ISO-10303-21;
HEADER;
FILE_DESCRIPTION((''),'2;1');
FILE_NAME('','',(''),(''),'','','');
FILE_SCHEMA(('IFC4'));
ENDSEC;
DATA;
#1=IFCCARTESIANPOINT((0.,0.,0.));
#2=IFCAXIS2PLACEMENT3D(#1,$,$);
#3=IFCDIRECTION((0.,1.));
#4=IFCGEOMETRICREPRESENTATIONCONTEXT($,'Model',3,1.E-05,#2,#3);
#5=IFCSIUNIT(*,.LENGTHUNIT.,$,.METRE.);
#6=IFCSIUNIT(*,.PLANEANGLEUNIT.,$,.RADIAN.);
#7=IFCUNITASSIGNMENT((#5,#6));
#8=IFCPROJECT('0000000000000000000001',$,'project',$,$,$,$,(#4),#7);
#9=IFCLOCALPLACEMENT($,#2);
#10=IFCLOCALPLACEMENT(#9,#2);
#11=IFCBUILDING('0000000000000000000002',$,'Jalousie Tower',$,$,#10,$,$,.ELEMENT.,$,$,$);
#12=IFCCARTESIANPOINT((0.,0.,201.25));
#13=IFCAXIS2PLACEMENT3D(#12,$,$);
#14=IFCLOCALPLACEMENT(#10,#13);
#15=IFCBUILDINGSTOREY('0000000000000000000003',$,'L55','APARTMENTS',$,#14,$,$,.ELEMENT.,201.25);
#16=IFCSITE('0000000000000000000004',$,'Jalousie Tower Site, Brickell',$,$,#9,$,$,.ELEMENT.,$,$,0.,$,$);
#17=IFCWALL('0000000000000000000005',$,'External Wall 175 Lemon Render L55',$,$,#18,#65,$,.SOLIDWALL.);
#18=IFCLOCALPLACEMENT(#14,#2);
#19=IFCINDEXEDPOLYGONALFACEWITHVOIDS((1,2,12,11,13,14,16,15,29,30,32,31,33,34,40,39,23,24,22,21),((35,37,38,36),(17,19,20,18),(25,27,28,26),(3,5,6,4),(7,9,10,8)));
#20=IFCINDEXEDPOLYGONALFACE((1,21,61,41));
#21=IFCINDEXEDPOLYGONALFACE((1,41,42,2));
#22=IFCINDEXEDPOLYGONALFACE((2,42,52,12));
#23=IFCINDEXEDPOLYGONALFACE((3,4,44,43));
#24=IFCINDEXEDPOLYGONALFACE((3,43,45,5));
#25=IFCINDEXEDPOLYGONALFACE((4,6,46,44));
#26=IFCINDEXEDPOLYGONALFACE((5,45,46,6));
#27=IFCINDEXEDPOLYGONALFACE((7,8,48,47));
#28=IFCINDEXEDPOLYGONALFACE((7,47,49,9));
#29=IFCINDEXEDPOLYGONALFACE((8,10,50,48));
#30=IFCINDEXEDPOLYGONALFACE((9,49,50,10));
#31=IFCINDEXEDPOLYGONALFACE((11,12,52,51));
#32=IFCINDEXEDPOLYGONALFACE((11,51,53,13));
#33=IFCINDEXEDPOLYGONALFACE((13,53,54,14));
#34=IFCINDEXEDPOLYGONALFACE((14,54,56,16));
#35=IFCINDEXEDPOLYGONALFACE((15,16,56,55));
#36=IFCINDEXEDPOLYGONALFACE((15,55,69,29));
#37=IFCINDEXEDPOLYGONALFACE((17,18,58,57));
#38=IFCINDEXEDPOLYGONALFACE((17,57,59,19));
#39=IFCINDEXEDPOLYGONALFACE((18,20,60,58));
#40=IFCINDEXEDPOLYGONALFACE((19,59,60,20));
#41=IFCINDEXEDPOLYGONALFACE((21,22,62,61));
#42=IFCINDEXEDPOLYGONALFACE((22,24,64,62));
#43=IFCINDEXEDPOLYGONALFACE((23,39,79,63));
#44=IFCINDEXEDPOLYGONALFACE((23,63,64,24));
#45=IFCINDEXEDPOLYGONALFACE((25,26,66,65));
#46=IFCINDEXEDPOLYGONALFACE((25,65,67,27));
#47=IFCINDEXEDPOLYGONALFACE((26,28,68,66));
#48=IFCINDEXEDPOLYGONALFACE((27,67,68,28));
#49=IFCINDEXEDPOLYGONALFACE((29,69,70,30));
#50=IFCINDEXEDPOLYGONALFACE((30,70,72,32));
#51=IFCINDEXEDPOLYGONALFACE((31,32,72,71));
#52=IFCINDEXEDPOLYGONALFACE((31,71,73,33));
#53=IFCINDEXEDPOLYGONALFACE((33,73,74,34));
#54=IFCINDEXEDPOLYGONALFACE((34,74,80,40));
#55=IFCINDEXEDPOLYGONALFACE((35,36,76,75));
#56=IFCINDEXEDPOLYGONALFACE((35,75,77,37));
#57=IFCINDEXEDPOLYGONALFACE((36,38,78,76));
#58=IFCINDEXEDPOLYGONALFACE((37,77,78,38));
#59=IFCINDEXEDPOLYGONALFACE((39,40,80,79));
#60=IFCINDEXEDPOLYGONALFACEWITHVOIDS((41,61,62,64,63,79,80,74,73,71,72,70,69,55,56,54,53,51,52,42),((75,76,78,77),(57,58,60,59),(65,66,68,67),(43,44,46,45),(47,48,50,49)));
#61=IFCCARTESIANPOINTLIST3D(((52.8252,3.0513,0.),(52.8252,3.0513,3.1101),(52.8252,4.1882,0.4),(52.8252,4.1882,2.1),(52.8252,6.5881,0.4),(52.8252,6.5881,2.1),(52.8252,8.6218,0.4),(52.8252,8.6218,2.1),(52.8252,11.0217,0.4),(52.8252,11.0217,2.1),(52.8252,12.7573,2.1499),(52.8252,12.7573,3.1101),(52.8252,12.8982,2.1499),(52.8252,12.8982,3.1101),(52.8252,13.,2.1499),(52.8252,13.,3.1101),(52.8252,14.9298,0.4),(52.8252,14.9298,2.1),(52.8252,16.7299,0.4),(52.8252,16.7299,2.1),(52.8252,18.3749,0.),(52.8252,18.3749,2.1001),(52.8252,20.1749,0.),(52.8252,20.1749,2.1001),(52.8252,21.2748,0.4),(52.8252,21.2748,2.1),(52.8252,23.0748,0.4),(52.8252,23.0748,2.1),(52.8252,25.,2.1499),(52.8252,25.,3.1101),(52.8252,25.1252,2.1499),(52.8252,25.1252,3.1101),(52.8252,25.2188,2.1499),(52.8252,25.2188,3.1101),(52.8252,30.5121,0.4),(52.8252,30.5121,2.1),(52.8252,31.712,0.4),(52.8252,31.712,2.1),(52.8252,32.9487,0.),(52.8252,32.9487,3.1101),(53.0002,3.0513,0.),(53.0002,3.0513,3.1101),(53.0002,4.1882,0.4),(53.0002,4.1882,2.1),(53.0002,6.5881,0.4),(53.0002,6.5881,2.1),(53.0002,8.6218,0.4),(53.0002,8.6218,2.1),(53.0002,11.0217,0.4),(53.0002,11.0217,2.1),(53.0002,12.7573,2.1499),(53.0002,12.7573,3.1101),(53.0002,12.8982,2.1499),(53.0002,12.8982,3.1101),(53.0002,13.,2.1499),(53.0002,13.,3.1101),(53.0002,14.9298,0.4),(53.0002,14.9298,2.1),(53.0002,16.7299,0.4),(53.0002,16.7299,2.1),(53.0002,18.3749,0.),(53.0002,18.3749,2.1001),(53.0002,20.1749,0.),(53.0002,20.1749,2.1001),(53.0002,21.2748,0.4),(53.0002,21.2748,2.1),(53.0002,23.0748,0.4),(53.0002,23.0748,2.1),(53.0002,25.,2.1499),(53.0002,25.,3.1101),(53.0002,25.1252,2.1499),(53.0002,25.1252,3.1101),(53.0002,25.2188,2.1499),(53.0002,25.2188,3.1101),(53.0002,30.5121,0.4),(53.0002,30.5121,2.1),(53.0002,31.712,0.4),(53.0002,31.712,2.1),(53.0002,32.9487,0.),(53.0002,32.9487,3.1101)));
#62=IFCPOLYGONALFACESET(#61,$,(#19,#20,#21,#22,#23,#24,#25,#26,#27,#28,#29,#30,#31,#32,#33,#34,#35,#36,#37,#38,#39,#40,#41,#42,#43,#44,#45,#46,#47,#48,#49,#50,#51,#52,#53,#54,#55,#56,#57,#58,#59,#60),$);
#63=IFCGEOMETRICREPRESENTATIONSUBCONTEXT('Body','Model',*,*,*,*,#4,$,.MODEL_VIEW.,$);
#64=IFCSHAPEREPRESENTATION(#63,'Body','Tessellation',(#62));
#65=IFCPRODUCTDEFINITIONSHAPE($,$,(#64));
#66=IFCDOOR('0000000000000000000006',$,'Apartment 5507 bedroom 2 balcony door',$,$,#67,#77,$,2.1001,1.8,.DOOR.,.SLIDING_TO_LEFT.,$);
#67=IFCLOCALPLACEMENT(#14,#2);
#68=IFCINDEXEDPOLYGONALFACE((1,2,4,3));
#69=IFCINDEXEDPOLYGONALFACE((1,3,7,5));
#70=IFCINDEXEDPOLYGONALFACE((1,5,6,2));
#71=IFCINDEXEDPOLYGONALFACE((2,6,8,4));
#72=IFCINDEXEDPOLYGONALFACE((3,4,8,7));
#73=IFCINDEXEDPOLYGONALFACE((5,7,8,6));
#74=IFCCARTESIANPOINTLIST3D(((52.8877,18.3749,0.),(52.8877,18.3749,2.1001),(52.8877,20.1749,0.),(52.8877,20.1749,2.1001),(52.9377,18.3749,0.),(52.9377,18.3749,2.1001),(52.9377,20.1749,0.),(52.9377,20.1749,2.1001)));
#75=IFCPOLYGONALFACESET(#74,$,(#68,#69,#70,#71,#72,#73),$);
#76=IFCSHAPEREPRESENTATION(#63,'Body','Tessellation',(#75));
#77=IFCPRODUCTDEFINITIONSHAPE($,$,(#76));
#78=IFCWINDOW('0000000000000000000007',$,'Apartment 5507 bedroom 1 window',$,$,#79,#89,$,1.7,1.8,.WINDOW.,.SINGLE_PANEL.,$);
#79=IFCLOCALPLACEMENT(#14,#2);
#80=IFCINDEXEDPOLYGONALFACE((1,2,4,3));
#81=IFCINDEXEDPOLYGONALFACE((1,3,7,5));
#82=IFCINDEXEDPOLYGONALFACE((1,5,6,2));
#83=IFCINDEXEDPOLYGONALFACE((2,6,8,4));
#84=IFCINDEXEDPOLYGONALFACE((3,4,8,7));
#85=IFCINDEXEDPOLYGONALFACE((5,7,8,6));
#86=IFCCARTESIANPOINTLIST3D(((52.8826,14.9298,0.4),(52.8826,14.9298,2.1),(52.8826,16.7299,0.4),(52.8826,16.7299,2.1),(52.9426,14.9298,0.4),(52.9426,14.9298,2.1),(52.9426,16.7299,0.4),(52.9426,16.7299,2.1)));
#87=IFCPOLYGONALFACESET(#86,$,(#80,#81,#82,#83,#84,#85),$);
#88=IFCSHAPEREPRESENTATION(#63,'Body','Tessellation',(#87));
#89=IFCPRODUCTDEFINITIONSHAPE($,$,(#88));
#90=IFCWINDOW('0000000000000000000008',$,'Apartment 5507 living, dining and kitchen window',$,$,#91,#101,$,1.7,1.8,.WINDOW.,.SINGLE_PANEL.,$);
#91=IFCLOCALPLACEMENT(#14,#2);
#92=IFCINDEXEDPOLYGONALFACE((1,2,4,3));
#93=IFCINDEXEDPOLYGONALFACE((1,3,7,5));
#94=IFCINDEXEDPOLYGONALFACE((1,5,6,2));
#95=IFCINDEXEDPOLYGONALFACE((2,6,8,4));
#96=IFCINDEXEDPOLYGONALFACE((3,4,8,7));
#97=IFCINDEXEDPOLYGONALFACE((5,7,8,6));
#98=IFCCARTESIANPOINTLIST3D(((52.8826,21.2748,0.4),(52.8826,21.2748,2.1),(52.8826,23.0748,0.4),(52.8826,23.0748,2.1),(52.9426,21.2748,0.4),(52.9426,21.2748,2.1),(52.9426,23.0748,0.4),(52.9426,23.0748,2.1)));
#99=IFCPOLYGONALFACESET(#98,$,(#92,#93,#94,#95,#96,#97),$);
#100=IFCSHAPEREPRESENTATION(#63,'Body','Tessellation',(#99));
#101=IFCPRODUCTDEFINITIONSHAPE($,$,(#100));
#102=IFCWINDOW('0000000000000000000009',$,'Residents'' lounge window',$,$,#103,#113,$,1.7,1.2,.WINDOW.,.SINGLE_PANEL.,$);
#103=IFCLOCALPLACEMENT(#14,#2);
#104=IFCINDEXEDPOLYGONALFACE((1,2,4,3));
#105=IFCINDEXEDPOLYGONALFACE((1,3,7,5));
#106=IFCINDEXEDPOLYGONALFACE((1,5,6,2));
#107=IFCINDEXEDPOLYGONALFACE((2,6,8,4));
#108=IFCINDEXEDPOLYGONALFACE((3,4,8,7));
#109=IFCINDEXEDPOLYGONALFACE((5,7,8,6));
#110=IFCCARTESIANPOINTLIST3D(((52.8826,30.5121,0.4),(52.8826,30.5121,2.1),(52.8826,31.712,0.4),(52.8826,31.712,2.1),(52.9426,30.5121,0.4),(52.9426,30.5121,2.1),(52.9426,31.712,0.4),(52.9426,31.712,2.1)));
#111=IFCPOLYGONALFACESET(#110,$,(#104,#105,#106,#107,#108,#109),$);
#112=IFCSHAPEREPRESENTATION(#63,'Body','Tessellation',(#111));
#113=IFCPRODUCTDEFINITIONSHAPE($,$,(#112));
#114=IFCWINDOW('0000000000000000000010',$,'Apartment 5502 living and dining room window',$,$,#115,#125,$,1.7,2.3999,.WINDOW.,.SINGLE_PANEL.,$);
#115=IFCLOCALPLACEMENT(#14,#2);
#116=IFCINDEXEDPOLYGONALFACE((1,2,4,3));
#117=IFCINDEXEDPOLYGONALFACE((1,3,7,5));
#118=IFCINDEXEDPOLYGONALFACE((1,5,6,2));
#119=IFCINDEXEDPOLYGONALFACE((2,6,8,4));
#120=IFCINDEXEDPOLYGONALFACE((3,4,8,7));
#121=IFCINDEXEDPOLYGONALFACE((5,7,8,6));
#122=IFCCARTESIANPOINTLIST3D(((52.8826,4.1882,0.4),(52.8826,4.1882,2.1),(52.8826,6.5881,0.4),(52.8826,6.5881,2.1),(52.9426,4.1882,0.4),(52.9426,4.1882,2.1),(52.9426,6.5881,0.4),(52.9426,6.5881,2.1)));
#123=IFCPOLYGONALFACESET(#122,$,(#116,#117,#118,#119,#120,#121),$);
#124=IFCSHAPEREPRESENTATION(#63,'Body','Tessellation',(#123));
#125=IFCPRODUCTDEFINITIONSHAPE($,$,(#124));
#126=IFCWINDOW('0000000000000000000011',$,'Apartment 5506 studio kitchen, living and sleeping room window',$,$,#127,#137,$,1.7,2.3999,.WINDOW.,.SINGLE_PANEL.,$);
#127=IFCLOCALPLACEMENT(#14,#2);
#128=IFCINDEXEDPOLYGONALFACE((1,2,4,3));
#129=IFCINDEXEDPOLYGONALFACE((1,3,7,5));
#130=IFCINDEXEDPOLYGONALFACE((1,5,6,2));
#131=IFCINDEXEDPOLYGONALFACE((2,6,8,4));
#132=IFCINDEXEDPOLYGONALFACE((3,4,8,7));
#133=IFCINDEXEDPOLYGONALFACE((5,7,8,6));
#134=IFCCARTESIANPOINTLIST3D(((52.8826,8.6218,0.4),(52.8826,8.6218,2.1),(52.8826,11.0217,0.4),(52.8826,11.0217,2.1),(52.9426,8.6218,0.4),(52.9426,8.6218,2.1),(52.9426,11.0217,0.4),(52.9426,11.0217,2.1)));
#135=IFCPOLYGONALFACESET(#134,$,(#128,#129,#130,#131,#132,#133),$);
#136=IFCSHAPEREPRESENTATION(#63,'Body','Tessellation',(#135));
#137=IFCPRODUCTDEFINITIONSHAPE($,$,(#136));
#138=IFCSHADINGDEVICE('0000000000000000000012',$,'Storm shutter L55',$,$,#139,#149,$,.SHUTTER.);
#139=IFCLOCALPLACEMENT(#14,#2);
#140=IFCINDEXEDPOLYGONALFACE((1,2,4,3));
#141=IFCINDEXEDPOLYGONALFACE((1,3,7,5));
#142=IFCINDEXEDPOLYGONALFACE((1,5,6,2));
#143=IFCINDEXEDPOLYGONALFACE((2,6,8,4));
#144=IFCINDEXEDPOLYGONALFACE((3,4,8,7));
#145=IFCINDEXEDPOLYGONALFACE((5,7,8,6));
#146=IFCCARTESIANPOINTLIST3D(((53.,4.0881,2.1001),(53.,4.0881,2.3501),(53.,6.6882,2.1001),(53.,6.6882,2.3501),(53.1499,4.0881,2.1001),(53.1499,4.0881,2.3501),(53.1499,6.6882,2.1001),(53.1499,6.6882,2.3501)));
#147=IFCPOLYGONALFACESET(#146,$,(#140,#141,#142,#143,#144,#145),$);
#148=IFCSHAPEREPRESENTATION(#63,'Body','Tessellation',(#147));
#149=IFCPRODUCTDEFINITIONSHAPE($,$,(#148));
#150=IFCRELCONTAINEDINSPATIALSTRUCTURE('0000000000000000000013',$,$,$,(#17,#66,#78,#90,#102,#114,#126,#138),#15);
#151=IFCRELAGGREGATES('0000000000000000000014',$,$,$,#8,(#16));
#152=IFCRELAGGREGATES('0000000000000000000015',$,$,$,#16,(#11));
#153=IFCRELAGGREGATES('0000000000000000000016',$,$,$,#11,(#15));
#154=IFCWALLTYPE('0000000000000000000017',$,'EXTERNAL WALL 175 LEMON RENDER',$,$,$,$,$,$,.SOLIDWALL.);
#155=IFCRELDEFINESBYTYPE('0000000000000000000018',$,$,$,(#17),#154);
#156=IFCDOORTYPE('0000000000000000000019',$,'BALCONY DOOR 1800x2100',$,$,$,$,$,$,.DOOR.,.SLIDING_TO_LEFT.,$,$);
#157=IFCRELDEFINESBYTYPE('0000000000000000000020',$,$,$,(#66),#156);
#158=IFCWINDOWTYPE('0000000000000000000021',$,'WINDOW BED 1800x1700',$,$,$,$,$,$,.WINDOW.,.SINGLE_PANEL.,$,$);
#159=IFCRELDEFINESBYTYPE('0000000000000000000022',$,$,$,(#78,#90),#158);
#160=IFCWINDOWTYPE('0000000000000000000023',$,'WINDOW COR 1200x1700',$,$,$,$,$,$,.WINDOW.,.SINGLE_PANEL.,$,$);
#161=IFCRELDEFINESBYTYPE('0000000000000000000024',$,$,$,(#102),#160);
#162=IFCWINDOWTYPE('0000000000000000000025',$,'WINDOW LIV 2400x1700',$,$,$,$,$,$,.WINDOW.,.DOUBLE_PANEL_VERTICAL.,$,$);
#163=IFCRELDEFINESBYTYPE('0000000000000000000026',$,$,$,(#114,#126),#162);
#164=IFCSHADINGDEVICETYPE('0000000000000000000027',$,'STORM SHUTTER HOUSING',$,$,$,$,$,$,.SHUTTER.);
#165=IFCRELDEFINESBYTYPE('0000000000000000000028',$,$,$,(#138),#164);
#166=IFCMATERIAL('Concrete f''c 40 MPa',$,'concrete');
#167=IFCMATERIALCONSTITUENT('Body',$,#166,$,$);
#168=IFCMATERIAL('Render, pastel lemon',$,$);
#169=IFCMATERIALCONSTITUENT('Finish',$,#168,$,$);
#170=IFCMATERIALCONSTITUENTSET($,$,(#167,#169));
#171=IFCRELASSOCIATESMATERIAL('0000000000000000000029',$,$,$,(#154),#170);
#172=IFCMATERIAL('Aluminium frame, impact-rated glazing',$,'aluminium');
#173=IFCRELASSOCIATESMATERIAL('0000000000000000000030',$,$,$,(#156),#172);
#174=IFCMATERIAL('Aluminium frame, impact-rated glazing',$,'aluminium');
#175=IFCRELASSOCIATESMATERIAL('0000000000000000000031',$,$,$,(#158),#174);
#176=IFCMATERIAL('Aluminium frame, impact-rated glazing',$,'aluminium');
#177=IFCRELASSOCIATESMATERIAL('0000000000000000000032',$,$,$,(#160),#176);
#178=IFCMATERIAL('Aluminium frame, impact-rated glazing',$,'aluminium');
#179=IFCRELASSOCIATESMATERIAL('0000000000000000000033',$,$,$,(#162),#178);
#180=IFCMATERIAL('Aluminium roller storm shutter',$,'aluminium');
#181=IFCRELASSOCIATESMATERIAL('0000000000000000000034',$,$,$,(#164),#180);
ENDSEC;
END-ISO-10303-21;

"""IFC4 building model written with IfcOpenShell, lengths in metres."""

from ifc_helpers import new_model, si_unit, direction, frame, frame_2d, origin, origin_2d, place, context, subcontext, project, spatial, polyline, rectangle, outline, extrude, material, constituent, constituent_set, type_object, element, fill, save


model = new_model("IFC4")

# Units and contexts
model_context = context("Model", 3, precision=1e-05, world=origin(), true_north=direction((0.0, 1.0)))
body_context = subcontext(model_context, "Body", "Model", "MODEL_VIEW")
ifc_project = project(units=[si_unit("LENGTHUNIT", "METRE"), si_unit("PLANEANGLEUNIT", "RADIAN")], contexts=[model_context])

# Site, building, storey
site_placement = place(None, origin())
site = spatial("IfcSite", under=ifc_project, at=site_placement, Name="Jalousie Tower Site, Brickell", CompositionType="ELEMENT", RefElevation=0.0)
building_placement = place(site_placement, origin())
building = spatial("IfcBuilding", under=site, at=building_placement, Name="Jalousie Tower", CompositionType="ELEMENT")
storey_placement = place(building_placement, frame((0.0, 0.0, 201.25)))
storey = spatial("IfcBuildingStorey", under=building, at=storey_placement, Name="L55", Description="APARTMENTS", CompositionType="ELEMENT", Elevation=201.25)

# Wall, openings, door, windows
ifc_material_1 = material(Name="Concrete f'c 40 MPa", Category="concrete")
ifc_constituent_1 = constituent(ifc_material_1, Name="Body")
ifc_material_2 = material(Name="Render, pastel lemon")
ifc_constituent_2 = constituent(ifc_material_2, Name="Finish")
ifc_constituent_set = constituent_set(constituents=[ifc_constituent_1, ifc_constituent_2])
wall_type = type_object("IfcWallType", Name="EXTERNAL WALL 175 LEMON RENDER", PredefinedType="SOLIDWALL", material=ifc_constituent_set)
wall_placement = place(storey_placement, frame((52.9126, 3.0513, 0.0), z_axis=(0.0, 0.0, 1.0), x_axis=(0.0, 1.0, 0.0)))
wall = element("IfcWall", 1, at=wall_placement, inside=storey, type_object=wall_type, Name="External Wall 175 Lemon Render L55", PredefinedType="SOLIDWALL", context=body_context, shape_type="SweptSolid", body=[
    extrude(outline(polyline([(0.0, 0.0), (29.8975, 0.0), (29.8975, 3.1101), (22.1675, 3.1101), (22.1675, 2.1499), (22.074, 2.1499), (22.074, 3.1101), (21.9487, 3.1101), (21.9487, 2.1499), (9.9487, 2.1499), (9.9487, 3.1101), (9.8469, 3.1101), (9.8469, 2.1499), (9.7061, 2.1499), (9.7061, 3.1101), (0.0, 3.1101), (0.0, 0.0)])), frame((0.0, 0.0874, 0.0), z_axis=(0.0, -1.0, 0.0), x_axis=(1.0, 0.0, 0.0)), (0.0, 0.0, 1.0), 0.175),
])
opening_1_placement = place(wall_placement, frame((1.137, 0.0, 0.3999)))
opening_1 = element("IfcOpeningElement", 2, at=opening_1_placement, cuts=wall, PredefinedType="OPENING", context=body_context, shape_type="SweptSolid", body=[
    extrude(rectangle(XDim=2.3999, YDim=1.7, at=frame_2d((1.2, 0.8501))), frame((0.0, 0.0974, 0.0), z_axis=(0.0, -1.0, 0.0), x_axis=(1.0, 0.0, 0.0)), (0.0, 0.0, 1.0), 0.1951),
])
opening_2_placement = place(wall_placement, frame((5.5706, 0.0, 0.3999)))
opening_2 = element("IfcOpeningElement", 3, at=opening_2_placement, cuts=wall, PredefinedType="OPENING", context=body_context, shape_type="SweptSolid", body=[
    extrude(rectangle(XDim=2.3999, YDim=1.7, at=frame_2d((1.2, 0.8501))), frame((0.0, 0.0974, 0.0), z_axis=(0.0, -1.0, 0.0), x_axis=(1.0, 0.0, 0.0)), (0.0, 0.0, 1.0), 0.1951),
])
opening_3_placement = place(wall_placement, frame((11.8787, 0.0, 0.3999)))
opening_3 = element("IfcOpeningElement", 4, at=opening_3_placement, cuts=wall, PredefinedType="OPENING", context=body_context, shape_type="SweptSolid", body=[
    extrude(rectangle(XDim=1.8, YDim=1.7, at=frame_2d((0.8999, 0.8501))), frame((0.0, 0.0974, 0.0), z_axis=(0.0, -1.0, 0.0), x_axis=(1.0, 0.0, 0.0)), (0.0, 0.0, 1.0), 0.1951),
])
opening_4_placement = place(wall_placement, frame((15.3237, 0.0, 0.0)))
opening_4 = element("IfcOpeningElement", 5, at=opening_4_placement, cuts=wall, PredefinedType="OPENING", context=body_context, shape_type="SweptSolid", body=[
    extrude(rectangle(XDim=1.8, YDim=2.1001, at=frame_2d((0.8999, 1.05))), frame((0.0, 0.0974, 0.0), z_axis=(0.0, -1.0, 0.0), x_axis=(1.0, 0.0, 0.0)), (0.0, 0.0, 1.0), 0.1951),
])
opening_5_placement = place(wall_placement, frame((18.2236, 0.0, 0.3999)))
opening_5 = element("IfcOpeningElement", 6, at=opening_5_placement, cuts=wall, PredefinedType="OPENING", context=body_context, shape_type="SweptSolid", body=[
    extrude(rectangle(XDim=1.8, YDim=1.7, at=frame_2d((0.8999, 0.8501))), frame((0.0, 0.0974, 0.0), z_axis=(0.0, -1.0, 0.0), x_axis=(1.0, 0.0, 0.0)), (0.0, 0.0, 1.0), 0.1951),
])
opening_6_placement = place(wall_placement, frame((27.4607, 0.0, 0.3999)))
opening_6 = element("IfcOpeningElement", 7, at=opening_6_placement, cuts=wall, PredefinedType="OPENING", context=body_context, shape_type="SweptSolid", body=[
    extrude(rectangle(XDim=1.2, YDim=1.7, at=frame_2d((0.6001, 0.8501))), frame((0.0, 0.0974, 0.0), z_axis=(0.0, -1.0, 0.0), x_axis=(1.0, 0.0, 0.0)), (0.0, 0.0, 1.0), 0.1951),
])
ifc_material_3 = material(Name="Aluminium frame, impact-rated glazing", Category="aluminium")
door_type = type_object("IfcDoorType", Name="BALCONY DOOR 1800x2100", OperationType="SLIDING_TO_LEFT", PredefinedType="DOOR", material=ifc_material_3)
door_placement = place(opening_4_placement, origin())
door = element("IfcDoor", 8, at=door_placement, inside=storey, type_object=door_type, Name="Apartment 5507 bedroom 2 balcony door", OperationType="SLIDING_TO_LEFT", OverallHeight=2.1001, OverallWidth=1.8, PredefinedType="DOOR", context=body_context, shape_type="SweptSolid", body=[
    extrude(rectangle(XDim=1.8, YDim=2.1001, at=frame_2d((0.8999, 1.05))), frame((0.0, 0.0249, 0.0), z_axis=(0.0, -1.0, 0.0), x_axis=(1.0, 0.0, 0.0)), (0.0, 0.0, 1.0), 0.05),
])
fill(opening_4, door)
ifc_material_4 = material(Name="Aluminium frame, impact-rated glazing", Category="aluminium")
window_type_1 = type_object("IfcWindowType", Name="WINDOW BED 1800x1700", PartitioningType="SINGLE_PANEL", PredefinedType="WINDOW", material=ifc_material_4)
window_1_placement = place(opening_3_placement, origin())
window_1 = element("IfcWindow", 9, at=window_1_placement, inside=storey, type_object=window_type_1, Name="Apartment 5507 bedroom 1 window", OverallHeight=1.7, OverallWidth=1.8, PartitioningType="SINGLE_PANEL", PredefinedType="WINDOW", context=body_context, shape_type="SweptSolid", body=[
    extrude(rectangle(XDim=1.8, YDim=1.7, at=frame_2d((0.8999, 0.8501))), frame((0.0, 0.03, 0.0), z_axis=(0.0, -1.0, 0.0), x_axis=(1.0, 0.0, 0.0)), (0.0, 0.0, 1.0), 0.0601),
])
fill(opening_3, window_1)
window_2_placement = place(opening_5_placement, origin())
window_2 = element("IfcWindow", 10, at=window_2_placement, inside=storey, type_object=window_type_1, Name="Apartment 5507 living, dining and kitchen window", OverallHeight=1.7, OverallWidth=1.8, PartitioningType="SINGLE_PANEL", PredefinedType="WINDOW", context=body_context, shape_type="SweptSolid", body=[
    extrude(rectangle(XDim=1.8, YDim=1.7, at=frame_2d((0.8999, 0.8501))), frame((0.0, 0.03, 0.0), z_axis=(0.0, -1.0, 0.0), x_axis=(1.0, 0.0, 0.0)), (0.0, 0.0, 1.0), 0.0601),
])
fill(opening_5, window_2)
ifc_material_5 = material(Name="Aluminium frame, impact-rated glazing", Category="aluminium")
window_type_2 = type_object("IfcWindowType", Name="WINDOW COR 1200x1700", PartitioningType="SINGLE_PANEL", PredefinedType="WINDOW", material=ifc_material_5)
window_3_placement = place(opening_6_placement, origin())
window_3 = element("IfcWindow", 11, at=window_3_placement, inside=storey, type_object=window_type_2, Name="Residents' lounge window", OverallHeight=1.7, OverallWidth=1.2, PartitioningType="SINGLE_PANEL", PredefinedType="WINDOW", context=body_context, shape_type="SweptSolid", body=[
    extrude(rectangle(XDim=1.2, YDim=1.7, at=frame_2d((0.6001, 0.8501))), frame((0.0, 0.03, 0.0), z_axis=(0.0, -1.0, 0.0), x_axis=(1.0, 0.0, 0.0)), (0.0, 0.0, 1.0), 0.0601),
])
fill(opening_6, window_3)
ifc_material_6 = material(Name="Aluminium frame, impact-rated glazing", Category="aluminium")
window_type_3 = type_object("IfcWindowType", Name="WINDOW LIV 2400x1700", PartitioningType="DOUBLE_PANEL_VERTICAL", PredefinedType="WINDOW", material=ifc_material_6)
window_4_placement = place(opening_1_placement, origin())
window_4 = element("IfcWindow", 12, at=window_4_placement, inside=storey, type_object=window_type_3, Name="Apartment 5502 living and dining room window", OverallHeight=1.7, OverallWidth=2.3999, PartitioningType="SINGLE_PANEL", PredefinedType="WINDOW", context=body_context, shape_type="SweptSolid", body=[
    extrude(rectangle(XDim=2.3999, YDim=1.7, at=frame_2d((1.2, 0.8501))), frame((0.0, 0.03, 0.0), z_axis=(0.0, -1.0, 0.0), x_axis=(1.0, 0.0, 0.0)), (0.0, 0.0, 1.0), 0.0601),
])
fill(opening_1, window_4)
window_5_placement = place(opening_2_placement, origin())
window_5 = element("IfcWindow", 13, at=window_5_placement, inside=storey, type_object=window_type_3, Name="Apartment 5506 studio kitchen, living and sleeping room window", OverallHeight=1.7, OverallWidth=2.3999, PartitioningType="SINGLE_PANEL", PredefinedType="WINDOW", context=body_context, shape_type="SweptSolid", body=[
    extrude(rectangle(XDim=2.3999, YDim=1.7, at=frame_2d((1.2, 0.8501))), frame((0.0, 0.03, 0.0), z_axis=(0.0, -1.0, 0.0), x_axis=(1.0, 0.0, 0.0)), (0.0, 0.0, 1.0), 0.0601),
])
fill(opening_2, window_5)

# Shading device
ifc_material_7 = material(Name="Aluminium roller storm shutter", Category="aluminium")
shading_device_type = type_object("IfcShadingDeviceType", Name="STORM SHUTTER HOUSING", PredefinedType="SHUTTER", material=ifc_material_7)
shading_device_placement = place(storey_placement, frame((53.075, 5.3882, 2.1001), z_axis=(0.0, 0.0, 1.0), x_axis=(0.0, 1.0, 0.0)))
element("IfcShadingDevice", 14, at=shading_device_placement, inside=storey, type_object=shading_device_type, Name="Storm shutter L55", PredefinedType="SHUTTER", context=body_context, shape_type="SweptSolid", body=[
    extrude(rectangle(XDim=2.6001, YDim=0.1499, at=origin_2d()), origin(), (0.0, 0.0, 1.0), 0.25),
])

save(model, "model.ifc")
